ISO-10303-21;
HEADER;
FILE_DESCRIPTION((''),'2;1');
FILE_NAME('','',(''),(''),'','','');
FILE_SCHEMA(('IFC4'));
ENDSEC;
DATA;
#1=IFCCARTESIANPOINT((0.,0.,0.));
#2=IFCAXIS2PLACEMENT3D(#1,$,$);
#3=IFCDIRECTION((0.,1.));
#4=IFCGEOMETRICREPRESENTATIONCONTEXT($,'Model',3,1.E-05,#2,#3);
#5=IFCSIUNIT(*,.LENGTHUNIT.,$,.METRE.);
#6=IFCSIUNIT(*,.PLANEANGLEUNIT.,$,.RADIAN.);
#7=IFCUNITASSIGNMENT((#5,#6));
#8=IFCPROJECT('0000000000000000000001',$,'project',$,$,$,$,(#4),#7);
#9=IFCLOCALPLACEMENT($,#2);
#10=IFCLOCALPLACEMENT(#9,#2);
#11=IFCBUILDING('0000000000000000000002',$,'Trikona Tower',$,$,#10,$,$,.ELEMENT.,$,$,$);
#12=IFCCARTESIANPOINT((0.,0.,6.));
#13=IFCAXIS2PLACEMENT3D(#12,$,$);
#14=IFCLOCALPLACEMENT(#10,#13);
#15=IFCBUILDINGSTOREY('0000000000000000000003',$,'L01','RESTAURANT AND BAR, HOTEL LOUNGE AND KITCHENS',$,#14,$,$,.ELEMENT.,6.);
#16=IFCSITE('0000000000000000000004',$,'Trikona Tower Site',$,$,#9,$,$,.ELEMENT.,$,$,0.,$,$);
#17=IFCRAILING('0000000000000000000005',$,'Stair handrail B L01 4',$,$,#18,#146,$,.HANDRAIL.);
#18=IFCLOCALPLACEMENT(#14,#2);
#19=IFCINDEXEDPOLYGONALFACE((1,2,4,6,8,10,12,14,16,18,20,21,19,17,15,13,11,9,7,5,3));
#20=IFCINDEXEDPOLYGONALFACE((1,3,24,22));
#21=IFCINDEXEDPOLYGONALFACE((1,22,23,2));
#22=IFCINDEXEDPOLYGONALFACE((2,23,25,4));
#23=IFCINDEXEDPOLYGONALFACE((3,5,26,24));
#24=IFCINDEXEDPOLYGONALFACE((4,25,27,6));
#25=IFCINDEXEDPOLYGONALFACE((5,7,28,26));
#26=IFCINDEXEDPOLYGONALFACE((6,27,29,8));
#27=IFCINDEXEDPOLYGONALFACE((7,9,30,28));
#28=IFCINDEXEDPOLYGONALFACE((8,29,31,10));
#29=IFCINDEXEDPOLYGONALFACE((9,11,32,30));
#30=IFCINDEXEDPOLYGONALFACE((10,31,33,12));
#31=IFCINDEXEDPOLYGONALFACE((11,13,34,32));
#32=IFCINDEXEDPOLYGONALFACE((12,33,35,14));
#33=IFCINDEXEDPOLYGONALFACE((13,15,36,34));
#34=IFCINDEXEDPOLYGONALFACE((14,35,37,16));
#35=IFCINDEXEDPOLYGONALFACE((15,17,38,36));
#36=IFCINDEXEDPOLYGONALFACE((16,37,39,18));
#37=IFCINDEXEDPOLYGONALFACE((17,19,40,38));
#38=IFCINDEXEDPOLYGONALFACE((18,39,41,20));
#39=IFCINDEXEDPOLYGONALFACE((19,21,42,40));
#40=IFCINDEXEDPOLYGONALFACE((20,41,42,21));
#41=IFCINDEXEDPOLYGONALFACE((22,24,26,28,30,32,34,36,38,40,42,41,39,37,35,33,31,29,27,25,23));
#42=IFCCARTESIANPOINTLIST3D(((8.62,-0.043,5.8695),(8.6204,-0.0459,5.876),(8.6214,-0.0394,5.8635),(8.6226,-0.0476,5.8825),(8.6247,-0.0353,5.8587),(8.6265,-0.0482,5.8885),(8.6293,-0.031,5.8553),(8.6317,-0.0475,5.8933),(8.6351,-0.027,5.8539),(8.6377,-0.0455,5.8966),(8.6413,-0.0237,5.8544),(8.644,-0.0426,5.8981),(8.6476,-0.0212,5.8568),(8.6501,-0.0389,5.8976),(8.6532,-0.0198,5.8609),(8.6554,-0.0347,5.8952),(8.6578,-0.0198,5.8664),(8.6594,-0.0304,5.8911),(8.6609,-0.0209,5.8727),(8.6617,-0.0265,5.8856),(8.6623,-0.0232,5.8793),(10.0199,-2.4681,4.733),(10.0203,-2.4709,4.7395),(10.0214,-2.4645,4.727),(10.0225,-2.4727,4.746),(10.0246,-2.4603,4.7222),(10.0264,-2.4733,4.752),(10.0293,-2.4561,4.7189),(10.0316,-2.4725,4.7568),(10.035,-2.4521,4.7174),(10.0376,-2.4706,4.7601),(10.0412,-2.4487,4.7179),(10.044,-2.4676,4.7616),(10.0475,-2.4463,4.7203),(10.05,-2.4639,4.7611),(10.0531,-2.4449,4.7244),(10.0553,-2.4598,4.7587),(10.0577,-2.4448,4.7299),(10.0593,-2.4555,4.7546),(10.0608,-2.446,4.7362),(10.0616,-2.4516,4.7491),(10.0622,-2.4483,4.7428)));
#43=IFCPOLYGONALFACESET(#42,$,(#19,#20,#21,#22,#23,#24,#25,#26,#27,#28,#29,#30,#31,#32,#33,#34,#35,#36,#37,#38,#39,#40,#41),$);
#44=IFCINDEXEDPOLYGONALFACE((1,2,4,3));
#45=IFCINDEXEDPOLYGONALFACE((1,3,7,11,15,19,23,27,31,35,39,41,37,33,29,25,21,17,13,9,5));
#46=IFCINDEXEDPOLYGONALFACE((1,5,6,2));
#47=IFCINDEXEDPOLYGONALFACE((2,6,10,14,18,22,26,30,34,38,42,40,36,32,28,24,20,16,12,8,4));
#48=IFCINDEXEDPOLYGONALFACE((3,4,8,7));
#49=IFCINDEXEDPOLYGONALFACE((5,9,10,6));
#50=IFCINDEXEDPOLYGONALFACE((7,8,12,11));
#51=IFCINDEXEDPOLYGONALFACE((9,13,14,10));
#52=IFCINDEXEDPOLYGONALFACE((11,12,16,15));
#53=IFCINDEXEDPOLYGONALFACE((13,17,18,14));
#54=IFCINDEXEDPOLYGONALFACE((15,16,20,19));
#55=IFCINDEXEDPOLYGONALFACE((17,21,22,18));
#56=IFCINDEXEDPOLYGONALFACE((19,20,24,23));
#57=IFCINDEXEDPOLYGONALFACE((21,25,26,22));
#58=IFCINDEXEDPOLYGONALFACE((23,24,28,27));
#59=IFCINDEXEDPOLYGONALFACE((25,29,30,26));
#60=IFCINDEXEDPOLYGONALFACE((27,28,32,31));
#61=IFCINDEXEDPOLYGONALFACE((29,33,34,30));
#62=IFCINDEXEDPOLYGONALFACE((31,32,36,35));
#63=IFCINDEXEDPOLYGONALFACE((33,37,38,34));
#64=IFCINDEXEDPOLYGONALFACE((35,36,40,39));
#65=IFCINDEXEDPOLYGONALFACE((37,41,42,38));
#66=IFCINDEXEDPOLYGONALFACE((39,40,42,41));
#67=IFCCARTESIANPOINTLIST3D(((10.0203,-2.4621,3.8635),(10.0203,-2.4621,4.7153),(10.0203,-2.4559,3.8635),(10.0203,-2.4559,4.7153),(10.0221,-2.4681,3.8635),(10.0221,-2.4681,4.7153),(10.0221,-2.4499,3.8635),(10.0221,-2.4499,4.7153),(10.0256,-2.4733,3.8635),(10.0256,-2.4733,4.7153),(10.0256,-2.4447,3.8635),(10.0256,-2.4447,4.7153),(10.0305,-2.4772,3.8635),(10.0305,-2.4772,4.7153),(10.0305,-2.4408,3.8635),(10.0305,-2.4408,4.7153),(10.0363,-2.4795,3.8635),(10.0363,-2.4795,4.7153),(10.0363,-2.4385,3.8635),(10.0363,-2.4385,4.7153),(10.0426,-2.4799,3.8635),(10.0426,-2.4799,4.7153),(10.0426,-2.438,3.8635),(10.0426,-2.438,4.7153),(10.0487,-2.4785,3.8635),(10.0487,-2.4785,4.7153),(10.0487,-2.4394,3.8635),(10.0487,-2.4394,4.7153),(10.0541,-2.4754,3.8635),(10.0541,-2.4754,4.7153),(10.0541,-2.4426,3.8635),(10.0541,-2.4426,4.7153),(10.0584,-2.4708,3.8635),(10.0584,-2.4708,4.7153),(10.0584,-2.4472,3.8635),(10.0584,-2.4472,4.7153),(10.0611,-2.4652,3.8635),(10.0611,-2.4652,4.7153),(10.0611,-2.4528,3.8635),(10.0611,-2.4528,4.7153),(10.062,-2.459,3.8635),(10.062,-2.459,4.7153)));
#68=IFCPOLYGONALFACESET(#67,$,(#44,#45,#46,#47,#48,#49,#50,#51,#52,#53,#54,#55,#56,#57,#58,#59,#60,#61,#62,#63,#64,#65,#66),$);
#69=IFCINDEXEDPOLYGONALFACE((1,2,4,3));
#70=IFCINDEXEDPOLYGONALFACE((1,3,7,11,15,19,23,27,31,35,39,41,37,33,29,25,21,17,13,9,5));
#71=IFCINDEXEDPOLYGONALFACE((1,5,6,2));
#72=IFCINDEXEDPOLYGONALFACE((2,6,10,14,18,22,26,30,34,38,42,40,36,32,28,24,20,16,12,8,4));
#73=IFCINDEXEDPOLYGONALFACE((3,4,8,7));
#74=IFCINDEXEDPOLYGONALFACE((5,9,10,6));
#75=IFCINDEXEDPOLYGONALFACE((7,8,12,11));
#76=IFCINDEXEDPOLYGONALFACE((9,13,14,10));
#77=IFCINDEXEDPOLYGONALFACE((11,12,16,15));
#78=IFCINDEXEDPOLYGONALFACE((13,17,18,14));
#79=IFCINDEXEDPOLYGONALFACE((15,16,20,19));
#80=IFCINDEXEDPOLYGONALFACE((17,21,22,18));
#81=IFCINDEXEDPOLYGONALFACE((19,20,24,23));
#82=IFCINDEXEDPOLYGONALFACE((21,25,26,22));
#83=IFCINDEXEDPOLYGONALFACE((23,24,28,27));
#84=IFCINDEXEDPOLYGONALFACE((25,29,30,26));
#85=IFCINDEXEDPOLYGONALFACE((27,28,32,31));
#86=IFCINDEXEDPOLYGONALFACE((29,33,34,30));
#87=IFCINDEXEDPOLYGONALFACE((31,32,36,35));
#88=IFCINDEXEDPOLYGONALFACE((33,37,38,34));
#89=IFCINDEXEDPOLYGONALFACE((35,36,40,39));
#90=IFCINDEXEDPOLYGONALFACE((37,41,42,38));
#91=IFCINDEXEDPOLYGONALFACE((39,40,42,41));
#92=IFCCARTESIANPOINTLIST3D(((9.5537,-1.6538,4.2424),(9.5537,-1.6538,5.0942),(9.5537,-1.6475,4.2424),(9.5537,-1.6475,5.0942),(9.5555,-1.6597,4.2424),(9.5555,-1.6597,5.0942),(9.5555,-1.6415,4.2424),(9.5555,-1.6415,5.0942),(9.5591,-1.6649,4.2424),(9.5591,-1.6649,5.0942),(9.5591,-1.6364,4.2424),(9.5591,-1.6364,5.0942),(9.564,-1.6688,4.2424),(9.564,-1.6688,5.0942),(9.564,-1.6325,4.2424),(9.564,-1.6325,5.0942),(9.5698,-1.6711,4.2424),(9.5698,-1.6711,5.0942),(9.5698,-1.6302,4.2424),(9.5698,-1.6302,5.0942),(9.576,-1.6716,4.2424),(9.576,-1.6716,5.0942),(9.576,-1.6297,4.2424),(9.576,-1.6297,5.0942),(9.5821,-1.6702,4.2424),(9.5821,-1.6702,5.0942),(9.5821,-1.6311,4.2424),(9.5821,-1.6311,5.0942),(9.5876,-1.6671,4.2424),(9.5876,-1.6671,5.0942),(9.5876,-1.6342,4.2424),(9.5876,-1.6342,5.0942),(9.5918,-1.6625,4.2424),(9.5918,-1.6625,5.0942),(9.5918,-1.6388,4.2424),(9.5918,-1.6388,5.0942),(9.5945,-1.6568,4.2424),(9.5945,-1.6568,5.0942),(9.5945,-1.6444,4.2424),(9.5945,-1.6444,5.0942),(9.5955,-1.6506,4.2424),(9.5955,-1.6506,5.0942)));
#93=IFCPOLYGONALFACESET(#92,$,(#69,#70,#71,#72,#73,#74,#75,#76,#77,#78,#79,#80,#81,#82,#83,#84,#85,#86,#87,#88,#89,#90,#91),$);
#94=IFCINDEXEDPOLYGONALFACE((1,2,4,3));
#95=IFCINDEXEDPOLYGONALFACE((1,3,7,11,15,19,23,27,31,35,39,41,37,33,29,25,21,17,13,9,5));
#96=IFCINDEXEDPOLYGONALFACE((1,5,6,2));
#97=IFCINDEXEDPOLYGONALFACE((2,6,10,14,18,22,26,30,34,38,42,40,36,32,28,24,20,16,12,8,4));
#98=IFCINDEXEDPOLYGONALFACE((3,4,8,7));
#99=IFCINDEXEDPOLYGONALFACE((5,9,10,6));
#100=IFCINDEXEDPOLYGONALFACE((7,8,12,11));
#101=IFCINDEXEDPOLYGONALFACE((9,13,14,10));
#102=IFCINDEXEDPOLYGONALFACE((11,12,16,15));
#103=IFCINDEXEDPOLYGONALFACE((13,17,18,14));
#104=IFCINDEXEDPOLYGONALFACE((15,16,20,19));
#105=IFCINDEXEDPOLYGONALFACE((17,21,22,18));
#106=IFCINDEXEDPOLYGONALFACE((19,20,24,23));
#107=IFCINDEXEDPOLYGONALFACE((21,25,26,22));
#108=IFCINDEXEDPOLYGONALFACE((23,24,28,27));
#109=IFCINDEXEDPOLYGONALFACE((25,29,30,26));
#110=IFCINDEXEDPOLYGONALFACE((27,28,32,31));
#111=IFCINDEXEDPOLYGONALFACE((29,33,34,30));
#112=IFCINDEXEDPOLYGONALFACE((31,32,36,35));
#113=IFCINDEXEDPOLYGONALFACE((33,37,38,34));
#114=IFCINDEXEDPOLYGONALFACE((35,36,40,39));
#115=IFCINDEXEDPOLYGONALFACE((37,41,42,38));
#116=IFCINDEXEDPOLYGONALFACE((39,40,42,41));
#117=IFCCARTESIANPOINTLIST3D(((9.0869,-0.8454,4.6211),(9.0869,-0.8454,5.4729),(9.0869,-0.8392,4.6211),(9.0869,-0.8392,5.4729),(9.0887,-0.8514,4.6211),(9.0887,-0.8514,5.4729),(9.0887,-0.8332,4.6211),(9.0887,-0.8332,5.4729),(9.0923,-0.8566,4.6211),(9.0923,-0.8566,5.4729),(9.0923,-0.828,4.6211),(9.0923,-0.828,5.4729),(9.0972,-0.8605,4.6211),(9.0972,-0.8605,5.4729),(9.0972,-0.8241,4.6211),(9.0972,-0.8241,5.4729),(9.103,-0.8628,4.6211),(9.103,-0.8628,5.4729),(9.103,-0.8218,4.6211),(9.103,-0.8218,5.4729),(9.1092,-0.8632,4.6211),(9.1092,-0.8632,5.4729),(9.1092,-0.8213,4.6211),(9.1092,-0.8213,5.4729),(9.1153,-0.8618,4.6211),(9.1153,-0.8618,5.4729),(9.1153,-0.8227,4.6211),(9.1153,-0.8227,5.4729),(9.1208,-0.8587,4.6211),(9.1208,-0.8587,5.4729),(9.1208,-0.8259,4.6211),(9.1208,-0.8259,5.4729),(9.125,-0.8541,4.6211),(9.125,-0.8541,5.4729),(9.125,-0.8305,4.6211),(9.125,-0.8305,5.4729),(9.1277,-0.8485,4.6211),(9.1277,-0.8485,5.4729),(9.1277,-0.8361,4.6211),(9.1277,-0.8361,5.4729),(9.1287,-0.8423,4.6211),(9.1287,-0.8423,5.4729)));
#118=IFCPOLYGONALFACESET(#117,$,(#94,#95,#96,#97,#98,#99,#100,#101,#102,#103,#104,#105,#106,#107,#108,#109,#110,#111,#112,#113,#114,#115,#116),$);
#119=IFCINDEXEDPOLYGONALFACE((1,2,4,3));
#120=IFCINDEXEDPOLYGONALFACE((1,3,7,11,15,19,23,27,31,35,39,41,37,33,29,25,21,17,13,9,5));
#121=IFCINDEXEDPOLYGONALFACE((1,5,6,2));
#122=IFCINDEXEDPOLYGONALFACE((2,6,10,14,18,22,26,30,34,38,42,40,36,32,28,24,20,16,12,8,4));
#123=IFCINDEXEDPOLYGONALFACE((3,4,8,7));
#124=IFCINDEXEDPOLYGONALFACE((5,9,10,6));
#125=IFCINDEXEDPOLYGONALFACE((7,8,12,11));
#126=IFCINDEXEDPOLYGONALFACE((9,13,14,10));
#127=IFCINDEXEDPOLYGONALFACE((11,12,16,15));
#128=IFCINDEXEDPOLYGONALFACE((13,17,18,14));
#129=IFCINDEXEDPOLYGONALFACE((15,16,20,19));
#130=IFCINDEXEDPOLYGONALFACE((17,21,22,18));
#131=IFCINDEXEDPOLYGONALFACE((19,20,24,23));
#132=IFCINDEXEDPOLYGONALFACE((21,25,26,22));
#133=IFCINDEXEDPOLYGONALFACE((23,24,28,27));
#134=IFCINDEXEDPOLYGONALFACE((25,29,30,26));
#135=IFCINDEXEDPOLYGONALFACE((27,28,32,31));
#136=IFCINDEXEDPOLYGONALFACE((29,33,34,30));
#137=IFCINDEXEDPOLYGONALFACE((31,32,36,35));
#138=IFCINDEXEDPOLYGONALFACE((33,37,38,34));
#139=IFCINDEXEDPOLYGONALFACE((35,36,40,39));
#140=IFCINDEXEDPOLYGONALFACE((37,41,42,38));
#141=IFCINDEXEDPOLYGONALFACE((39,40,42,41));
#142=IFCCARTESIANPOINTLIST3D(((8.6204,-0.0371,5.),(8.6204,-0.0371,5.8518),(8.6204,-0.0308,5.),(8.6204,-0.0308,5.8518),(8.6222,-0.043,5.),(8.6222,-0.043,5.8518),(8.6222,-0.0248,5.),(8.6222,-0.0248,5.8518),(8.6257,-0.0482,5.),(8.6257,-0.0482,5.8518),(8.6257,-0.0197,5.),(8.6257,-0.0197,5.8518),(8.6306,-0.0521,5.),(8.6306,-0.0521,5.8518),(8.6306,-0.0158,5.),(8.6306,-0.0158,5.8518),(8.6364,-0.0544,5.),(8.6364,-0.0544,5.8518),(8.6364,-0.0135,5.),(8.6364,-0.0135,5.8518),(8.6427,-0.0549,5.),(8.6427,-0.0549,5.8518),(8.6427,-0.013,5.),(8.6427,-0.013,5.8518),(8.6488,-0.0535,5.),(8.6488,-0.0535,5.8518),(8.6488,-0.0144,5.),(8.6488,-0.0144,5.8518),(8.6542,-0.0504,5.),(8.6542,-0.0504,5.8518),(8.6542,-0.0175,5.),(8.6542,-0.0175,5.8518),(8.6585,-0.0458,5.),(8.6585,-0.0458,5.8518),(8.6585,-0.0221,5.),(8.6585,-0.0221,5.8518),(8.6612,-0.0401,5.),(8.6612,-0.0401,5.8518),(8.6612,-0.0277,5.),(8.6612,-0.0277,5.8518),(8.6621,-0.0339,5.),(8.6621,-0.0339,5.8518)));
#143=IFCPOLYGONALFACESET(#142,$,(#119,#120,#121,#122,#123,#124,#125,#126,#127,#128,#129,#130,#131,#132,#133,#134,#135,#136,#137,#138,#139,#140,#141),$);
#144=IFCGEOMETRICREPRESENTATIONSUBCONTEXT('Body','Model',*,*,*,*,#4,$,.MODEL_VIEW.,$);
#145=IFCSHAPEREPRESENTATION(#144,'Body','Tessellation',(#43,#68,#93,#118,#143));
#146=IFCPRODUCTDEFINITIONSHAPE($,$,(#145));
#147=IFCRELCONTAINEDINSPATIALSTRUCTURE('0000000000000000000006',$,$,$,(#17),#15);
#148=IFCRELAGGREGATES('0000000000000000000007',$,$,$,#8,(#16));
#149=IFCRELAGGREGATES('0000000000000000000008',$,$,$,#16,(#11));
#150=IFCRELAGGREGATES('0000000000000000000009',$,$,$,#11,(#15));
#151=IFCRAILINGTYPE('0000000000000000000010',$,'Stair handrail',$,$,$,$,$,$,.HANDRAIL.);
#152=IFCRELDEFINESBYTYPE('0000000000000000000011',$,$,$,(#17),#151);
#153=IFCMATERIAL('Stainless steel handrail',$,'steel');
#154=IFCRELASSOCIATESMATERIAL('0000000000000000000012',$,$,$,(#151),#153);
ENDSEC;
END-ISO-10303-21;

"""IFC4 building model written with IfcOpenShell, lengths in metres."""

from ifc_helpers import new_model, si_unit, direction, frame, origin, origin_2d, place, context, subcontext, project, spatial, circle, extrude, material, type_object, element, save


model = new_model("IFC4")

# Units and contexts
model_context = context("Model", 3, precision=1e-05, world=origin(), true_north=direction((0.0, 1.0)))
body_context = subcontext(model_context, "Body", "Model", "MODEL_VIEW")
ifc_project = project(units=[si_unit("LENGTHUNIT", "METRE"), si_unit("PLANEANGLEUNIT", "RADIAN")], contexts=[model_context])

# Site, building, storey
site_placement = place(None, origin())
site = spatial("IfcSite", under=ifc_project, at=site_placement, Name="Trikona Tower Site", CompositionType="ELEMENT", RefElevation=0.0)
building_placement = place(site_placement, origin())
building = spatial("IfcBuilding", under=site, at=building_placement, Name="Trikona Tower", CompositionType="ELEMENT")
storey_placement = place(building_placement, frame((0.0, 0.0, 6.0)))
storey = spatial("IfcBuildingStorey", under=building, at=storey_placement, Name="L01", Description="RESTAURANT AND BAR, HOTEL LOUNGE AND KITCHENS", CompositionType="ELEMENT", Elevation=6.0)

# Railing
ifc_material_1 = material(Name="Stainless steel handrail", Category="steel")
railing_type = type_object("IfcRailingType", Name="Stair handrail", PredefinedType="HANDRAIL", material=ifc_material_1)
for number, where, name in (
    (1, (10.041, -2.459, 3.8635), "Stair handrail B L01 4"),
):
    element("IfcRailing", number, at=place(storey_placement, frame(where)), inside=storey, type_object=railing_type, Name=name, PredefinedType="HANDRAIL", context=body_context, shape_type="SweptSolid", body=[
        extrude(circle(Radius=0.0239, at=origin_2d()), frame((0.0, 0.0, 0.876), z_axis=(-0.463245, 0.802479, 0.376074), x_axis=(-0.866056, -0.499946, 0.0)), (0.0, 0.0, 1.0), 3.022),
        extrude(circle(Radius=0.021, at=origin_2d()), origin(), (0.0, 0.0, 1.0), 0.8518),
        extrude(circle(Radius=0.021, at=origin_2d()), frame((-0.4666, 0.8083, 0.3789)), (0.0, 0.0, 1.0), 0.8518),
        extrude(circle(Radius=0.021, at=origin_2d()), frame((-0.9333, 1.6167, 0.7576)), (0.0, 0.0, 1.0), 0.8518),
        extrude(circle(Radius=0.021, at=origin_2d()), frame((-1.3999, 2.425, 1.1365)), (0.0, 0.0, 1.0), 0.8518),
    ])

save(model, "model.ifc")
